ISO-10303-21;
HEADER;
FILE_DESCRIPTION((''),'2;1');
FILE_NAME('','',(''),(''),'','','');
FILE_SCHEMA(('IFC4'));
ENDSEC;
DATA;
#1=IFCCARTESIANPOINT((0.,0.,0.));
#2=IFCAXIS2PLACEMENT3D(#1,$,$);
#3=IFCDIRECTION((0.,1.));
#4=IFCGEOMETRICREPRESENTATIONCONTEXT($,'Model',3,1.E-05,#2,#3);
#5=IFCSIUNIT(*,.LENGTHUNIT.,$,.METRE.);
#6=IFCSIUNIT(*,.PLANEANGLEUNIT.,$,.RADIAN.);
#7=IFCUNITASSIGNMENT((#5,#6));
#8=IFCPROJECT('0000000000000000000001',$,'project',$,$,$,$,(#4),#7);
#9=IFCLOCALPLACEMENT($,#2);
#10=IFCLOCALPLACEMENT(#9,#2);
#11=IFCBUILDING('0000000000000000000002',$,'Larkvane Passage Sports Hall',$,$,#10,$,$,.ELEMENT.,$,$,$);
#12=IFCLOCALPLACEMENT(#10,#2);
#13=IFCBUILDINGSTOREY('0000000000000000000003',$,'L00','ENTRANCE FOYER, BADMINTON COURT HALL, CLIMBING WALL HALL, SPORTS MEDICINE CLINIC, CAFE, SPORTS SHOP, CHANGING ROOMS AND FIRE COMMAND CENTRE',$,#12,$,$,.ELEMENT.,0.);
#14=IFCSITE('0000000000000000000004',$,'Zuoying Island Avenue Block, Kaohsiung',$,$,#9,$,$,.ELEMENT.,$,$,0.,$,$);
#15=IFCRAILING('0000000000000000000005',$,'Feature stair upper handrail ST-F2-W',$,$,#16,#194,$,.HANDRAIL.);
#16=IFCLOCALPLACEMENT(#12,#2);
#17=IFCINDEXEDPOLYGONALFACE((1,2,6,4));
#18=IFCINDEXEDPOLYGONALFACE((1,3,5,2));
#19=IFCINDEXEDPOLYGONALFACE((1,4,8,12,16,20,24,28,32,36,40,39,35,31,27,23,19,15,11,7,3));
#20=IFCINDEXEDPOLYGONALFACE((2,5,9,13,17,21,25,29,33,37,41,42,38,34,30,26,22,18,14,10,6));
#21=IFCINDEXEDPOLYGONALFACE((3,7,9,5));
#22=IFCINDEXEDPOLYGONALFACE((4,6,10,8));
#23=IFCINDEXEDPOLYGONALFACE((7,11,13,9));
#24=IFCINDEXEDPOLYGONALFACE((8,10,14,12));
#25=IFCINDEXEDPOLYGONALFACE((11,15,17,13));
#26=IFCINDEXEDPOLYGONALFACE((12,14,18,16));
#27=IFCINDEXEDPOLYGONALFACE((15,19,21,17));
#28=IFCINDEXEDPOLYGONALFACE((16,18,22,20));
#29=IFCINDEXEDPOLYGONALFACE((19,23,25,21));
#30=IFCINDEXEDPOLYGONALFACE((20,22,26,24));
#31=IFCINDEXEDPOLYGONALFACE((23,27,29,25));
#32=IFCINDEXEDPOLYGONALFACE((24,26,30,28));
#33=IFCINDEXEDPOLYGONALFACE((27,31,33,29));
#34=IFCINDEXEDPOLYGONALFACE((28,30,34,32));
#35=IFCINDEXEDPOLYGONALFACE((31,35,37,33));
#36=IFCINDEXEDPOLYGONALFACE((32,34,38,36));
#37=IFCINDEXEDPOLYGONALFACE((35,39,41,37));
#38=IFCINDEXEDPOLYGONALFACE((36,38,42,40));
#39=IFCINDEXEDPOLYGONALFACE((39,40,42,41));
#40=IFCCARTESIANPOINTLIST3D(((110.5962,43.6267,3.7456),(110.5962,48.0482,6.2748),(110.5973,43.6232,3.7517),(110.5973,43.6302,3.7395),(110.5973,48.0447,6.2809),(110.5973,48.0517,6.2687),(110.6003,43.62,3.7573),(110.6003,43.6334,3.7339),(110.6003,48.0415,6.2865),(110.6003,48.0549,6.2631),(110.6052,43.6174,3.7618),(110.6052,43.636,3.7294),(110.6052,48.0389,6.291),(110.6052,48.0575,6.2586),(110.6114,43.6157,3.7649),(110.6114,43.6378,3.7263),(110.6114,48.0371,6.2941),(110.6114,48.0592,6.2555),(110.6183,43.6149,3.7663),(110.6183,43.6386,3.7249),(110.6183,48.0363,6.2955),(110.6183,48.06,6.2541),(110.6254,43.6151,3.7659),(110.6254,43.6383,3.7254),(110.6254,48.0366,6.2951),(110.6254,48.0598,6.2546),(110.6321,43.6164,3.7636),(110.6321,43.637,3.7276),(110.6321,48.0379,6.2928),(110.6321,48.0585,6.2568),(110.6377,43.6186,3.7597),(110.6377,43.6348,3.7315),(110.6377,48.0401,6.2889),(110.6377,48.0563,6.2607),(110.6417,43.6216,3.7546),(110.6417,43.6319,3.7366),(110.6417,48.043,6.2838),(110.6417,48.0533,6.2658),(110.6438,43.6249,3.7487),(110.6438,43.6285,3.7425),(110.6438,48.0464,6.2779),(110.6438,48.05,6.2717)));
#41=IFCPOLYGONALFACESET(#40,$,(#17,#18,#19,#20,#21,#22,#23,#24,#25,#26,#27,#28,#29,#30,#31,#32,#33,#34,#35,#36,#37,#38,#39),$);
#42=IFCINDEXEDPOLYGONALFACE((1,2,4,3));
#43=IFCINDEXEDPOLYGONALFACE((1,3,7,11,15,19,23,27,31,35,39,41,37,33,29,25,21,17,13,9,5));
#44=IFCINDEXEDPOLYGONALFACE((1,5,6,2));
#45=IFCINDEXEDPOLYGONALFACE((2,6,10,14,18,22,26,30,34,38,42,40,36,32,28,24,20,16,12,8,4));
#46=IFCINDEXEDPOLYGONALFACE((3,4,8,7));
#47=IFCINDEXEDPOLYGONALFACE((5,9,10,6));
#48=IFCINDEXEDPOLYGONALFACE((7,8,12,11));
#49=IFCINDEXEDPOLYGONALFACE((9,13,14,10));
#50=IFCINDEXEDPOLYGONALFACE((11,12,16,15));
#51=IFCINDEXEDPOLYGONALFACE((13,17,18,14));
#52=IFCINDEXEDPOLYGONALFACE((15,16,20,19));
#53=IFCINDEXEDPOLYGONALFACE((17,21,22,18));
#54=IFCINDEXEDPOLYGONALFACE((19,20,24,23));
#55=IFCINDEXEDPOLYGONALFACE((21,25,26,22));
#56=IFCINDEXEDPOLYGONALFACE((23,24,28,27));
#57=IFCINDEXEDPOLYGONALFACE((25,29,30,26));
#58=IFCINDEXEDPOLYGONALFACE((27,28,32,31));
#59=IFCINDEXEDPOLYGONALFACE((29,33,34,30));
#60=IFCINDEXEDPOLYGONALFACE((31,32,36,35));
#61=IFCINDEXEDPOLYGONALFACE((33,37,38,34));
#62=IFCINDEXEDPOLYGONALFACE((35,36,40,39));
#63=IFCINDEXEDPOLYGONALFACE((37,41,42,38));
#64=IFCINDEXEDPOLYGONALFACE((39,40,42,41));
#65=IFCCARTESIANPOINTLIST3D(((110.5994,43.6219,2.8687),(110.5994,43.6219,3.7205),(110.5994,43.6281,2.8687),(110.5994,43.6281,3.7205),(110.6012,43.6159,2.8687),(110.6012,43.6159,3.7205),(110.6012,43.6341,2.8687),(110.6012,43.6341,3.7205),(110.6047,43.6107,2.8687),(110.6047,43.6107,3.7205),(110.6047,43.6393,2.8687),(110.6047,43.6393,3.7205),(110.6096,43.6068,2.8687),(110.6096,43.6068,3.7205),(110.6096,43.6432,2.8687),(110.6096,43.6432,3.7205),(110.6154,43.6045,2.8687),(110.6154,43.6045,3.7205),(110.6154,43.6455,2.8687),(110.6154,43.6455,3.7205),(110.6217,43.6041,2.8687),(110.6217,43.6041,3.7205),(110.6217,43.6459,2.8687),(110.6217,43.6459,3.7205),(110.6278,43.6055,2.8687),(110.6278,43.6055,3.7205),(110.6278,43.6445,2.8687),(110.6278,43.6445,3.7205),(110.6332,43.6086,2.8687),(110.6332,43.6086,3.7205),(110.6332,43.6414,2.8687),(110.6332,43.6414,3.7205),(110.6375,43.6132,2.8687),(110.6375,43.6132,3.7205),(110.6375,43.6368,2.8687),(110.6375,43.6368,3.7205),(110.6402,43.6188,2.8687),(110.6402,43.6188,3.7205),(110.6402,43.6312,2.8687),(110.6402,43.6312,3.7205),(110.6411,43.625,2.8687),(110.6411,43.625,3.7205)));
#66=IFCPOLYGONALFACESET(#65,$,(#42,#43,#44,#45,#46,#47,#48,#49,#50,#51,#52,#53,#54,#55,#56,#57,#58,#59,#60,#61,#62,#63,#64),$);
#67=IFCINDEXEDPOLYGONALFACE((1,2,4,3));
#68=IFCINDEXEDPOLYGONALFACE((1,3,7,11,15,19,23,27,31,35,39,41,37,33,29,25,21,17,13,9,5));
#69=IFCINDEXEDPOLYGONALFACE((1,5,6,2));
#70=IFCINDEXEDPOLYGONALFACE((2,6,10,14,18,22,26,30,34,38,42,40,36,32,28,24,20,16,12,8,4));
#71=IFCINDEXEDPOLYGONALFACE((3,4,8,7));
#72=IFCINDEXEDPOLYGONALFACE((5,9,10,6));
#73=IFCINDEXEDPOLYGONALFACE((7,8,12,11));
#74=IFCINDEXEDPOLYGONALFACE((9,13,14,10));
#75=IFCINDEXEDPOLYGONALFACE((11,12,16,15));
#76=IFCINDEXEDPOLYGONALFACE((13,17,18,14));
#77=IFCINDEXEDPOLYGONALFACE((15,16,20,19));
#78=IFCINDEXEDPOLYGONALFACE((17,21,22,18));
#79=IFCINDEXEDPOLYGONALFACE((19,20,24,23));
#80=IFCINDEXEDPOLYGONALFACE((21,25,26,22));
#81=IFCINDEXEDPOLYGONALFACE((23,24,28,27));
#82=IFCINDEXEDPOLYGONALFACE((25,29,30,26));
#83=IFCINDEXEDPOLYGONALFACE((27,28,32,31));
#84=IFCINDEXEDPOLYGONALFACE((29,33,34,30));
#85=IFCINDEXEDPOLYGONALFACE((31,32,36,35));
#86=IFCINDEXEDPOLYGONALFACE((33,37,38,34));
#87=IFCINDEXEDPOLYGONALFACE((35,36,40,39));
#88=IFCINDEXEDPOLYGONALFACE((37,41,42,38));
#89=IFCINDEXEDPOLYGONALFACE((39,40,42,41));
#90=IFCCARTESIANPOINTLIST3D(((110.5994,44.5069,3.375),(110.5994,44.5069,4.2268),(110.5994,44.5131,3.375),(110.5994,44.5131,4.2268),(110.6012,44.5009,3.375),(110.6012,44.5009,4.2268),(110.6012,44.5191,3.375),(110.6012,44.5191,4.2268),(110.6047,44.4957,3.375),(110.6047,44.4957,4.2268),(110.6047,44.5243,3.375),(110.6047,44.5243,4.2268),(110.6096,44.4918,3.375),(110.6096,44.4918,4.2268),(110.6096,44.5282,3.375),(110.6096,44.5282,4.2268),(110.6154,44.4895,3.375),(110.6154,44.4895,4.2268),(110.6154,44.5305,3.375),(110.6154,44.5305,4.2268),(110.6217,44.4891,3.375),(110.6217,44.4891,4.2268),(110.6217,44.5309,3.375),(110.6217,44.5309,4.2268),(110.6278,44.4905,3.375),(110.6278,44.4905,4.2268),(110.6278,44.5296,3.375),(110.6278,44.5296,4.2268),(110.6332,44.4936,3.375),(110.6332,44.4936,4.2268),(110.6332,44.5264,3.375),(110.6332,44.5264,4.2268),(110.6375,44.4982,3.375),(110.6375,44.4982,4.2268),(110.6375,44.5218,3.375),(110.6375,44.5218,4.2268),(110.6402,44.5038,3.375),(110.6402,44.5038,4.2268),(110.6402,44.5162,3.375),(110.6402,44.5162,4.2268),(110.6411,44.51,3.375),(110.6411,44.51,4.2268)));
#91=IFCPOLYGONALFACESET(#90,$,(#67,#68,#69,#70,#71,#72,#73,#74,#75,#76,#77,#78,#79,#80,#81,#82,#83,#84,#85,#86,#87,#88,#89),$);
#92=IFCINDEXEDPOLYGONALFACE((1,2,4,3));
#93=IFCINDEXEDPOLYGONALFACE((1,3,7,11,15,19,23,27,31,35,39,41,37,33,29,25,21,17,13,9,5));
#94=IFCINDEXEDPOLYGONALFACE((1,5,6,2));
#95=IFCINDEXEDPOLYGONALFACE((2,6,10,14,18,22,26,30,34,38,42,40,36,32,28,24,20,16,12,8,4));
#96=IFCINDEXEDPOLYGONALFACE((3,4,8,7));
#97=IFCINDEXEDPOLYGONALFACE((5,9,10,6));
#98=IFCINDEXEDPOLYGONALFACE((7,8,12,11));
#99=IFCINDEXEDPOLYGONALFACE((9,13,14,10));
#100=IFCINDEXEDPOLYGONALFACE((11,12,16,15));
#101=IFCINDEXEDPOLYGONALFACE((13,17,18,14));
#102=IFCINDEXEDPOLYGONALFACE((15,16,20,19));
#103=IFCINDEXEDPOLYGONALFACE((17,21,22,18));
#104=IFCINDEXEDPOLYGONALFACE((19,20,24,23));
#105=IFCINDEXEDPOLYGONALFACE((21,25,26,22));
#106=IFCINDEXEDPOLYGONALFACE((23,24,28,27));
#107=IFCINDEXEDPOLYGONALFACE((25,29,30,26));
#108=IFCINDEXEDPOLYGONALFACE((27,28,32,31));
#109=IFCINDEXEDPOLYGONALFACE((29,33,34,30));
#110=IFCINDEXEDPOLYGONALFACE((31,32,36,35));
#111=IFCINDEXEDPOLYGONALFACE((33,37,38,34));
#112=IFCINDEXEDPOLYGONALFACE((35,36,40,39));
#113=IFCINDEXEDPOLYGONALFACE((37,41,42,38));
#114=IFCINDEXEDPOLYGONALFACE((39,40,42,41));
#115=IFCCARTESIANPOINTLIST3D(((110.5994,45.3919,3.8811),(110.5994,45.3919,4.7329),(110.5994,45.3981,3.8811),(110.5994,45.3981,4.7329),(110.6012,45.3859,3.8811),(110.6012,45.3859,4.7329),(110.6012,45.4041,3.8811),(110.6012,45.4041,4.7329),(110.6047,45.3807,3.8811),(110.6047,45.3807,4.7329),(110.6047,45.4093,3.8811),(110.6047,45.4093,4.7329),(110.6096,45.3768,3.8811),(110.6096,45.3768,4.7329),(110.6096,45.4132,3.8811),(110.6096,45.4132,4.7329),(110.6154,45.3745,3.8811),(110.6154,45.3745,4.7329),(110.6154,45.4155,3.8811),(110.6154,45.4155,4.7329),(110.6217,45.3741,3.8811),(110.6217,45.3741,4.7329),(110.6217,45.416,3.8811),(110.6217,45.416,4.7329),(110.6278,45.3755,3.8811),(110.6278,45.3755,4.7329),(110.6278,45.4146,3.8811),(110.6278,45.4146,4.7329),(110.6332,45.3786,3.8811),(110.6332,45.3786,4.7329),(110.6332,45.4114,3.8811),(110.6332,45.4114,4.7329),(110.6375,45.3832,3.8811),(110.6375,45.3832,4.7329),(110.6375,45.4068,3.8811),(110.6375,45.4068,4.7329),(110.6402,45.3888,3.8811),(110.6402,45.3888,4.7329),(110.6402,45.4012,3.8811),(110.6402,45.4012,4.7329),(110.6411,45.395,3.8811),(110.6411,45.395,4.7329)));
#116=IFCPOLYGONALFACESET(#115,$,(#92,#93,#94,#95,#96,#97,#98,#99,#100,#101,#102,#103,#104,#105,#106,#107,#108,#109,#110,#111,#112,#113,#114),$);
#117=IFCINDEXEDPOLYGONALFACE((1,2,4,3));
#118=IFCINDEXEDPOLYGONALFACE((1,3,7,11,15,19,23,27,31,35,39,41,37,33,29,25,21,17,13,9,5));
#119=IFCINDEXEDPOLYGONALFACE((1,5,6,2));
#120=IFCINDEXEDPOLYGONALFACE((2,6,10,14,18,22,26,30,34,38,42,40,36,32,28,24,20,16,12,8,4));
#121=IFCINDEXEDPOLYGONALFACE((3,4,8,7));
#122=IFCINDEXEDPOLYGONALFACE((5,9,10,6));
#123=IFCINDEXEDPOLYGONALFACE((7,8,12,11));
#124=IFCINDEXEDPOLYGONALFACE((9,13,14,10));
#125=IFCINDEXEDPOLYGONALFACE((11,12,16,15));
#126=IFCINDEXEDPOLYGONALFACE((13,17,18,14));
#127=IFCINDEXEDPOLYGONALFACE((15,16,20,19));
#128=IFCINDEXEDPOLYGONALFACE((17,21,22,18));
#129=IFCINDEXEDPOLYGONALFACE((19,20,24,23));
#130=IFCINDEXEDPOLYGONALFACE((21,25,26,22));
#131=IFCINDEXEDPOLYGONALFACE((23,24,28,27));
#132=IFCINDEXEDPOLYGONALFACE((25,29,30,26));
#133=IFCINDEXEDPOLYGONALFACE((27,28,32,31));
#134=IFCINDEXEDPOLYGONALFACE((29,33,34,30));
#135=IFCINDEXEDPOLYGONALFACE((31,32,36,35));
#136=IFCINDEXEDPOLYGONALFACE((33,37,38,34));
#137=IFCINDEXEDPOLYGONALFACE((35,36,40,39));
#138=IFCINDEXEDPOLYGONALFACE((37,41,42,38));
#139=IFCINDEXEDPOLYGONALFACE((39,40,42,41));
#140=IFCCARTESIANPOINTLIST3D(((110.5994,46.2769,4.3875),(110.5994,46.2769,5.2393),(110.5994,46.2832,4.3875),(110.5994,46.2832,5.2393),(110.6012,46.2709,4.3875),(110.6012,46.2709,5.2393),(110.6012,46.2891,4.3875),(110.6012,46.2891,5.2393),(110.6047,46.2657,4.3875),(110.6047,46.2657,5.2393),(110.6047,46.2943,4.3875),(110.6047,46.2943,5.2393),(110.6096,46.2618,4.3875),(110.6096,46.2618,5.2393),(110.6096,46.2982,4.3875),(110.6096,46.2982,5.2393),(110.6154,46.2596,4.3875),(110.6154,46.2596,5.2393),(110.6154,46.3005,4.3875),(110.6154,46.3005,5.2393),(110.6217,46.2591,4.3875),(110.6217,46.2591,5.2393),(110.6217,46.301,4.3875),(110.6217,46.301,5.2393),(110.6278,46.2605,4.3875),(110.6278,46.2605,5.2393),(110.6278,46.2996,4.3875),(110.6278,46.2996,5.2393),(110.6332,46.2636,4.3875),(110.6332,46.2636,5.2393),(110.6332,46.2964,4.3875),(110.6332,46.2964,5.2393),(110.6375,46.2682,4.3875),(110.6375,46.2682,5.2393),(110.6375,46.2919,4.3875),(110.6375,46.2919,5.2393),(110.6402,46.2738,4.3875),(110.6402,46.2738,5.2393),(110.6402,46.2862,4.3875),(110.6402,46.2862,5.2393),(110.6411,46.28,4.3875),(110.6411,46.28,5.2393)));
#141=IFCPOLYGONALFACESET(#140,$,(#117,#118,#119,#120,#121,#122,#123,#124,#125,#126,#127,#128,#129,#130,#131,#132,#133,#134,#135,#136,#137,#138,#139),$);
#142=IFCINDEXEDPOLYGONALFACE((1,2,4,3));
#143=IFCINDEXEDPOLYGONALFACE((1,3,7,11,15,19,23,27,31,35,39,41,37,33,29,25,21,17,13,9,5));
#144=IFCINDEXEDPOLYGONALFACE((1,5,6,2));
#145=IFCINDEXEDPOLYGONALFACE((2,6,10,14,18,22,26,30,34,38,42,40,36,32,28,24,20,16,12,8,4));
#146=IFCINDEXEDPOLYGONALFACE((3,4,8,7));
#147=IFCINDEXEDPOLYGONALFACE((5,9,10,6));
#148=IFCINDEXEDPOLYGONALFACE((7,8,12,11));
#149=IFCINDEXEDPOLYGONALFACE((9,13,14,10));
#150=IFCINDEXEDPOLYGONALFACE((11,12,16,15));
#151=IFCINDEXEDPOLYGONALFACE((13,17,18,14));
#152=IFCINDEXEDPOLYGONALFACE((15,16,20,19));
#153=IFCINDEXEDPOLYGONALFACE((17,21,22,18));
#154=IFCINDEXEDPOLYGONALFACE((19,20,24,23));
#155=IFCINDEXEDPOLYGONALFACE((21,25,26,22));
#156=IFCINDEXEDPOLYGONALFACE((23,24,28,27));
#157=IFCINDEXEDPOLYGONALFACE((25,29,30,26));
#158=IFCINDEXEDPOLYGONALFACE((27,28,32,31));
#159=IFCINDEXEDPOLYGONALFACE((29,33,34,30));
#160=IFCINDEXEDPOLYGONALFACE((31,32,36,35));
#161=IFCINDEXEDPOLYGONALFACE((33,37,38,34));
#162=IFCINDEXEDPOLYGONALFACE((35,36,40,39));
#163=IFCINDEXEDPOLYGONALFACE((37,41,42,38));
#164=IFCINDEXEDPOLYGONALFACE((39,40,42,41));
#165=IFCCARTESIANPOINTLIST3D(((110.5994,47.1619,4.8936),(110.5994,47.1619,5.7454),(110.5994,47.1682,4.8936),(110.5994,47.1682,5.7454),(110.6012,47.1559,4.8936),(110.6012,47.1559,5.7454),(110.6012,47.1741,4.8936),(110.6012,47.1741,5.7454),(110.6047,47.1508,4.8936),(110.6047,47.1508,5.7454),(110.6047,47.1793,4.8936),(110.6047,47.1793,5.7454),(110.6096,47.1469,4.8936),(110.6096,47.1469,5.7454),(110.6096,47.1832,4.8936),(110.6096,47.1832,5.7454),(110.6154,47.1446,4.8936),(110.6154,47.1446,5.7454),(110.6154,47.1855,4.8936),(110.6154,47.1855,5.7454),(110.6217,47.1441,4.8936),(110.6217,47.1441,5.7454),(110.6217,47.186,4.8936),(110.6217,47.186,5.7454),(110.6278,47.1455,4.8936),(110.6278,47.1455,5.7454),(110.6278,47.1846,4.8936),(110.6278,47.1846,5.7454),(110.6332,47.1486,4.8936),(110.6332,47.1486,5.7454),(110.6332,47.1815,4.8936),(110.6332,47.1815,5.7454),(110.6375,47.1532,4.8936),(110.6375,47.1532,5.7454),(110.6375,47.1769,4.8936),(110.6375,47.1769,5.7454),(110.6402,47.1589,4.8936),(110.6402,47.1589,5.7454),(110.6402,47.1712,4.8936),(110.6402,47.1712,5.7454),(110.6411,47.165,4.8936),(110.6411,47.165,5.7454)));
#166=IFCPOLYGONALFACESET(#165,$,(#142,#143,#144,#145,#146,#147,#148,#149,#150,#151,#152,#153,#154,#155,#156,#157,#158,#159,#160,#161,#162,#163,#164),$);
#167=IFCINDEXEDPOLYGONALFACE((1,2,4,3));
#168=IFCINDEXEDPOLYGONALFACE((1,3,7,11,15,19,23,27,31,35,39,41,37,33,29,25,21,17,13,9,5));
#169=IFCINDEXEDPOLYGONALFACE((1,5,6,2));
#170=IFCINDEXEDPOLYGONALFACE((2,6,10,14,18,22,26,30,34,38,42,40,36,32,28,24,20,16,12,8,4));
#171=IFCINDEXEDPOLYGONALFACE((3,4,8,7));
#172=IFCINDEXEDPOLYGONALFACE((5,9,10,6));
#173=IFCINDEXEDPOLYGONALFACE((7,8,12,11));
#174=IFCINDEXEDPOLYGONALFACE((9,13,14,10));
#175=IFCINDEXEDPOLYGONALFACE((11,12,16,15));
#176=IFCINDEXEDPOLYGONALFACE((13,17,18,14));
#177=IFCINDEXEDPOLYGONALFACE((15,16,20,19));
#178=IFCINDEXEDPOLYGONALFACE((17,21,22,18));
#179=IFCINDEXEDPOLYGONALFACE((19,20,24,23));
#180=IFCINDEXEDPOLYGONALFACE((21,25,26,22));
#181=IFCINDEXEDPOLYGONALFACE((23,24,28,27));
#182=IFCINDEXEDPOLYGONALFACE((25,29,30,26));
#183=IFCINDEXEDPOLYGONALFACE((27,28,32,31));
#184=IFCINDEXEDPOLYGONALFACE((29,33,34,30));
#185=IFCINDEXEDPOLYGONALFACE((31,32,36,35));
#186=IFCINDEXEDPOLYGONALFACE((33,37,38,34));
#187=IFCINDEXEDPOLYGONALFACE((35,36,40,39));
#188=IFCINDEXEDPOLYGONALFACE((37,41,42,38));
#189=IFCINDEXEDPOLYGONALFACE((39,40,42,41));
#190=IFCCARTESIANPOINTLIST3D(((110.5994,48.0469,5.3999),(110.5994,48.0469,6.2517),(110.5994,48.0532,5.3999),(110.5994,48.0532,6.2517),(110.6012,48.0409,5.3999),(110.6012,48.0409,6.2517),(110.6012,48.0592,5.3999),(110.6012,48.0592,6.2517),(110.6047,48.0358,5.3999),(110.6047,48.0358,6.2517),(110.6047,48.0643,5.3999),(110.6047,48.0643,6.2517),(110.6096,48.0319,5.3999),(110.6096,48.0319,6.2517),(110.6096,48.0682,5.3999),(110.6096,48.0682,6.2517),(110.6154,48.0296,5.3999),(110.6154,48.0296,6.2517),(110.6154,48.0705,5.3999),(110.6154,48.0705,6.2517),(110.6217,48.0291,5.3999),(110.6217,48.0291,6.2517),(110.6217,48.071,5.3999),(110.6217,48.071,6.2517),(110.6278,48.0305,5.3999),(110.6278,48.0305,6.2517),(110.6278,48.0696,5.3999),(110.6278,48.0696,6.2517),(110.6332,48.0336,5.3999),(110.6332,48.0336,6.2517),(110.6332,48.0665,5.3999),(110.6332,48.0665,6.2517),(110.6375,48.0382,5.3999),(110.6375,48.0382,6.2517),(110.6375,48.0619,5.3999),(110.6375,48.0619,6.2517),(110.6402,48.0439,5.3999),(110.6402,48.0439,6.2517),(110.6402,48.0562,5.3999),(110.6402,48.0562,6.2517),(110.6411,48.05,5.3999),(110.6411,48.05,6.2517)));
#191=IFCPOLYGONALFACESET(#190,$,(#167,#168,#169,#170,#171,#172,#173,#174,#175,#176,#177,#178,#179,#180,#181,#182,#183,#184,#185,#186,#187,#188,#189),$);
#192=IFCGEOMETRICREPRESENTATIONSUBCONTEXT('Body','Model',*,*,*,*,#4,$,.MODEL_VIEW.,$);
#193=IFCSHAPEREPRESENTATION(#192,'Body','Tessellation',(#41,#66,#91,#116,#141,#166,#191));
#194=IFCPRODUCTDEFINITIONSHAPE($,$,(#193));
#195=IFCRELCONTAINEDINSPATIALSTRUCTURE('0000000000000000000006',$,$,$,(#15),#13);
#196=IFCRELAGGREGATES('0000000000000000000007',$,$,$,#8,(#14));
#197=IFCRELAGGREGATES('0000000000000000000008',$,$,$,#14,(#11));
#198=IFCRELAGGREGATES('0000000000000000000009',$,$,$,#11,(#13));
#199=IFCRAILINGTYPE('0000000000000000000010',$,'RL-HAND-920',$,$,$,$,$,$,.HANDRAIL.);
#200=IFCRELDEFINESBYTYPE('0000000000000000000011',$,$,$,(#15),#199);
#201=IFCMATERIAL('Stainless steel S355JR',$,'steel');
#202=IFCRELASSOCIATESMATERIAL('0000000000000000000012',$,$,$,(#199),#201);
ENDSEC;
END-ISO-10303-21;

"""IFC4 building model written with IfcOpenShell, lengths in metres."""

from ifc_helpers import new_model, si_unit, direction, frame, origin, origin_2d, place, context, subcontext, project, spatial, circle, extrude, material, type_object, element, save


model = new_model("IFC4")

# Units and contexts
model_context = context("Model", 3, precision=1e-05, world=origin(), true_north=direction((0.0, 1.0)))
body_context = subcontext(model_context, "Body", "Model", "MODEL_VIEW")
ifc_project = project(units=[si_unit("LENGTHUNIT", "METRE"), si_unit("PLANEANGLEUNIT", "RADIAN")], contexts=[model_context])

# Site, building, storey
site_placement = place(None, origin())
site = spatial("IfcSite", under=ifc_project, at=site_placement, Name="Zuoying Island Avenue Block, Kaohsiung", CompositionType="ELEMENT", RefElevation=0.0)
building_placement = place(site_placement, origin())
building = spatial("IfcBuilding", under=site, at=building_placement, Name="Larkvane Passage Sports Hall", CompositionType="ELEMENT")
storey_placement = place(building_placement, origin())
storey = spatial("IfcBuildingStorey", under=building, at=storey_placement, Name="L00", Description="ENTRANCE FOYER, BADMINTON COURT HALL, CLIMBING WALL HALL, SPORTS MEDICINE CLINIC, CAFE, SPORTS SHOP, CHANGING ROOMS AND FIRE COMMAND CENTRE", CompositionType="ELEMENT", Elevation=0.0)

# Railing
ifc_material_1 = material(Name="Stainless steel S355JR", Category="steel")
railing_type_1 = type_object("IfcRailingType", Name="RL-HAND-920", PredefinedType="HANDRAIL", material=ifc_material_1)
for number, where, name in (
    (1, (110.6201, 43.625, 2.8687), "Feature stair upper handrail ST-F2-W"),
):
    element("IfcRailing", number, at=place(storey_placement, frame(where)), inside=storey, type_object=railing_type_1, Name=name, PredefinedType="HANDRAIL", context=body_context, shape_type="SweptSolid", body=[
        extrude(circle(Radius=0.0239, at=origin_2d()), frame((0.0, 0.0017, 0.877), z_axis=(0.0, 0.868019, 0.496531), x_axis=(-1.0, 0.0, 0.0)), (0.0, 0.0, 1.0), 5.0938),
        extrude(circle(Radius=0.021, at=origin_2d()), origin(), (0.0, 0.0, 1.0), 0.8518),
        extrude(circle(Radius=0.021, at=origin_2d()), frame((0.0, 0.885, 0.5063)), (0.0, 0.0, 1.0), 0.8518),
        extrude(circle(Radius=0.021, at=origin_2d()), frame((0.0, 1.77, 1.0125)), (0.0, 0.0, 1.0), 0.8518),
        extrude(circle(Radius=0.021, at=origin_2d()), frame((0.0, 2.655, 1.5188)), (0.0, 0.0, 1.0), 0.8518),
        extrude(circle(Radius=0.021, at=origin_2d()), frame((0.0, 3.54, 2.0249)), (0.0, 0.0, 1.0), 0.8518),
        extrude(circle(Radius=0.021, at=origin_2d()), frame((0.0, 4.425, 2.5312)), (0.0, 0.0, 1.0), 0.8518),
    ])

save(model, "model.ifc")
